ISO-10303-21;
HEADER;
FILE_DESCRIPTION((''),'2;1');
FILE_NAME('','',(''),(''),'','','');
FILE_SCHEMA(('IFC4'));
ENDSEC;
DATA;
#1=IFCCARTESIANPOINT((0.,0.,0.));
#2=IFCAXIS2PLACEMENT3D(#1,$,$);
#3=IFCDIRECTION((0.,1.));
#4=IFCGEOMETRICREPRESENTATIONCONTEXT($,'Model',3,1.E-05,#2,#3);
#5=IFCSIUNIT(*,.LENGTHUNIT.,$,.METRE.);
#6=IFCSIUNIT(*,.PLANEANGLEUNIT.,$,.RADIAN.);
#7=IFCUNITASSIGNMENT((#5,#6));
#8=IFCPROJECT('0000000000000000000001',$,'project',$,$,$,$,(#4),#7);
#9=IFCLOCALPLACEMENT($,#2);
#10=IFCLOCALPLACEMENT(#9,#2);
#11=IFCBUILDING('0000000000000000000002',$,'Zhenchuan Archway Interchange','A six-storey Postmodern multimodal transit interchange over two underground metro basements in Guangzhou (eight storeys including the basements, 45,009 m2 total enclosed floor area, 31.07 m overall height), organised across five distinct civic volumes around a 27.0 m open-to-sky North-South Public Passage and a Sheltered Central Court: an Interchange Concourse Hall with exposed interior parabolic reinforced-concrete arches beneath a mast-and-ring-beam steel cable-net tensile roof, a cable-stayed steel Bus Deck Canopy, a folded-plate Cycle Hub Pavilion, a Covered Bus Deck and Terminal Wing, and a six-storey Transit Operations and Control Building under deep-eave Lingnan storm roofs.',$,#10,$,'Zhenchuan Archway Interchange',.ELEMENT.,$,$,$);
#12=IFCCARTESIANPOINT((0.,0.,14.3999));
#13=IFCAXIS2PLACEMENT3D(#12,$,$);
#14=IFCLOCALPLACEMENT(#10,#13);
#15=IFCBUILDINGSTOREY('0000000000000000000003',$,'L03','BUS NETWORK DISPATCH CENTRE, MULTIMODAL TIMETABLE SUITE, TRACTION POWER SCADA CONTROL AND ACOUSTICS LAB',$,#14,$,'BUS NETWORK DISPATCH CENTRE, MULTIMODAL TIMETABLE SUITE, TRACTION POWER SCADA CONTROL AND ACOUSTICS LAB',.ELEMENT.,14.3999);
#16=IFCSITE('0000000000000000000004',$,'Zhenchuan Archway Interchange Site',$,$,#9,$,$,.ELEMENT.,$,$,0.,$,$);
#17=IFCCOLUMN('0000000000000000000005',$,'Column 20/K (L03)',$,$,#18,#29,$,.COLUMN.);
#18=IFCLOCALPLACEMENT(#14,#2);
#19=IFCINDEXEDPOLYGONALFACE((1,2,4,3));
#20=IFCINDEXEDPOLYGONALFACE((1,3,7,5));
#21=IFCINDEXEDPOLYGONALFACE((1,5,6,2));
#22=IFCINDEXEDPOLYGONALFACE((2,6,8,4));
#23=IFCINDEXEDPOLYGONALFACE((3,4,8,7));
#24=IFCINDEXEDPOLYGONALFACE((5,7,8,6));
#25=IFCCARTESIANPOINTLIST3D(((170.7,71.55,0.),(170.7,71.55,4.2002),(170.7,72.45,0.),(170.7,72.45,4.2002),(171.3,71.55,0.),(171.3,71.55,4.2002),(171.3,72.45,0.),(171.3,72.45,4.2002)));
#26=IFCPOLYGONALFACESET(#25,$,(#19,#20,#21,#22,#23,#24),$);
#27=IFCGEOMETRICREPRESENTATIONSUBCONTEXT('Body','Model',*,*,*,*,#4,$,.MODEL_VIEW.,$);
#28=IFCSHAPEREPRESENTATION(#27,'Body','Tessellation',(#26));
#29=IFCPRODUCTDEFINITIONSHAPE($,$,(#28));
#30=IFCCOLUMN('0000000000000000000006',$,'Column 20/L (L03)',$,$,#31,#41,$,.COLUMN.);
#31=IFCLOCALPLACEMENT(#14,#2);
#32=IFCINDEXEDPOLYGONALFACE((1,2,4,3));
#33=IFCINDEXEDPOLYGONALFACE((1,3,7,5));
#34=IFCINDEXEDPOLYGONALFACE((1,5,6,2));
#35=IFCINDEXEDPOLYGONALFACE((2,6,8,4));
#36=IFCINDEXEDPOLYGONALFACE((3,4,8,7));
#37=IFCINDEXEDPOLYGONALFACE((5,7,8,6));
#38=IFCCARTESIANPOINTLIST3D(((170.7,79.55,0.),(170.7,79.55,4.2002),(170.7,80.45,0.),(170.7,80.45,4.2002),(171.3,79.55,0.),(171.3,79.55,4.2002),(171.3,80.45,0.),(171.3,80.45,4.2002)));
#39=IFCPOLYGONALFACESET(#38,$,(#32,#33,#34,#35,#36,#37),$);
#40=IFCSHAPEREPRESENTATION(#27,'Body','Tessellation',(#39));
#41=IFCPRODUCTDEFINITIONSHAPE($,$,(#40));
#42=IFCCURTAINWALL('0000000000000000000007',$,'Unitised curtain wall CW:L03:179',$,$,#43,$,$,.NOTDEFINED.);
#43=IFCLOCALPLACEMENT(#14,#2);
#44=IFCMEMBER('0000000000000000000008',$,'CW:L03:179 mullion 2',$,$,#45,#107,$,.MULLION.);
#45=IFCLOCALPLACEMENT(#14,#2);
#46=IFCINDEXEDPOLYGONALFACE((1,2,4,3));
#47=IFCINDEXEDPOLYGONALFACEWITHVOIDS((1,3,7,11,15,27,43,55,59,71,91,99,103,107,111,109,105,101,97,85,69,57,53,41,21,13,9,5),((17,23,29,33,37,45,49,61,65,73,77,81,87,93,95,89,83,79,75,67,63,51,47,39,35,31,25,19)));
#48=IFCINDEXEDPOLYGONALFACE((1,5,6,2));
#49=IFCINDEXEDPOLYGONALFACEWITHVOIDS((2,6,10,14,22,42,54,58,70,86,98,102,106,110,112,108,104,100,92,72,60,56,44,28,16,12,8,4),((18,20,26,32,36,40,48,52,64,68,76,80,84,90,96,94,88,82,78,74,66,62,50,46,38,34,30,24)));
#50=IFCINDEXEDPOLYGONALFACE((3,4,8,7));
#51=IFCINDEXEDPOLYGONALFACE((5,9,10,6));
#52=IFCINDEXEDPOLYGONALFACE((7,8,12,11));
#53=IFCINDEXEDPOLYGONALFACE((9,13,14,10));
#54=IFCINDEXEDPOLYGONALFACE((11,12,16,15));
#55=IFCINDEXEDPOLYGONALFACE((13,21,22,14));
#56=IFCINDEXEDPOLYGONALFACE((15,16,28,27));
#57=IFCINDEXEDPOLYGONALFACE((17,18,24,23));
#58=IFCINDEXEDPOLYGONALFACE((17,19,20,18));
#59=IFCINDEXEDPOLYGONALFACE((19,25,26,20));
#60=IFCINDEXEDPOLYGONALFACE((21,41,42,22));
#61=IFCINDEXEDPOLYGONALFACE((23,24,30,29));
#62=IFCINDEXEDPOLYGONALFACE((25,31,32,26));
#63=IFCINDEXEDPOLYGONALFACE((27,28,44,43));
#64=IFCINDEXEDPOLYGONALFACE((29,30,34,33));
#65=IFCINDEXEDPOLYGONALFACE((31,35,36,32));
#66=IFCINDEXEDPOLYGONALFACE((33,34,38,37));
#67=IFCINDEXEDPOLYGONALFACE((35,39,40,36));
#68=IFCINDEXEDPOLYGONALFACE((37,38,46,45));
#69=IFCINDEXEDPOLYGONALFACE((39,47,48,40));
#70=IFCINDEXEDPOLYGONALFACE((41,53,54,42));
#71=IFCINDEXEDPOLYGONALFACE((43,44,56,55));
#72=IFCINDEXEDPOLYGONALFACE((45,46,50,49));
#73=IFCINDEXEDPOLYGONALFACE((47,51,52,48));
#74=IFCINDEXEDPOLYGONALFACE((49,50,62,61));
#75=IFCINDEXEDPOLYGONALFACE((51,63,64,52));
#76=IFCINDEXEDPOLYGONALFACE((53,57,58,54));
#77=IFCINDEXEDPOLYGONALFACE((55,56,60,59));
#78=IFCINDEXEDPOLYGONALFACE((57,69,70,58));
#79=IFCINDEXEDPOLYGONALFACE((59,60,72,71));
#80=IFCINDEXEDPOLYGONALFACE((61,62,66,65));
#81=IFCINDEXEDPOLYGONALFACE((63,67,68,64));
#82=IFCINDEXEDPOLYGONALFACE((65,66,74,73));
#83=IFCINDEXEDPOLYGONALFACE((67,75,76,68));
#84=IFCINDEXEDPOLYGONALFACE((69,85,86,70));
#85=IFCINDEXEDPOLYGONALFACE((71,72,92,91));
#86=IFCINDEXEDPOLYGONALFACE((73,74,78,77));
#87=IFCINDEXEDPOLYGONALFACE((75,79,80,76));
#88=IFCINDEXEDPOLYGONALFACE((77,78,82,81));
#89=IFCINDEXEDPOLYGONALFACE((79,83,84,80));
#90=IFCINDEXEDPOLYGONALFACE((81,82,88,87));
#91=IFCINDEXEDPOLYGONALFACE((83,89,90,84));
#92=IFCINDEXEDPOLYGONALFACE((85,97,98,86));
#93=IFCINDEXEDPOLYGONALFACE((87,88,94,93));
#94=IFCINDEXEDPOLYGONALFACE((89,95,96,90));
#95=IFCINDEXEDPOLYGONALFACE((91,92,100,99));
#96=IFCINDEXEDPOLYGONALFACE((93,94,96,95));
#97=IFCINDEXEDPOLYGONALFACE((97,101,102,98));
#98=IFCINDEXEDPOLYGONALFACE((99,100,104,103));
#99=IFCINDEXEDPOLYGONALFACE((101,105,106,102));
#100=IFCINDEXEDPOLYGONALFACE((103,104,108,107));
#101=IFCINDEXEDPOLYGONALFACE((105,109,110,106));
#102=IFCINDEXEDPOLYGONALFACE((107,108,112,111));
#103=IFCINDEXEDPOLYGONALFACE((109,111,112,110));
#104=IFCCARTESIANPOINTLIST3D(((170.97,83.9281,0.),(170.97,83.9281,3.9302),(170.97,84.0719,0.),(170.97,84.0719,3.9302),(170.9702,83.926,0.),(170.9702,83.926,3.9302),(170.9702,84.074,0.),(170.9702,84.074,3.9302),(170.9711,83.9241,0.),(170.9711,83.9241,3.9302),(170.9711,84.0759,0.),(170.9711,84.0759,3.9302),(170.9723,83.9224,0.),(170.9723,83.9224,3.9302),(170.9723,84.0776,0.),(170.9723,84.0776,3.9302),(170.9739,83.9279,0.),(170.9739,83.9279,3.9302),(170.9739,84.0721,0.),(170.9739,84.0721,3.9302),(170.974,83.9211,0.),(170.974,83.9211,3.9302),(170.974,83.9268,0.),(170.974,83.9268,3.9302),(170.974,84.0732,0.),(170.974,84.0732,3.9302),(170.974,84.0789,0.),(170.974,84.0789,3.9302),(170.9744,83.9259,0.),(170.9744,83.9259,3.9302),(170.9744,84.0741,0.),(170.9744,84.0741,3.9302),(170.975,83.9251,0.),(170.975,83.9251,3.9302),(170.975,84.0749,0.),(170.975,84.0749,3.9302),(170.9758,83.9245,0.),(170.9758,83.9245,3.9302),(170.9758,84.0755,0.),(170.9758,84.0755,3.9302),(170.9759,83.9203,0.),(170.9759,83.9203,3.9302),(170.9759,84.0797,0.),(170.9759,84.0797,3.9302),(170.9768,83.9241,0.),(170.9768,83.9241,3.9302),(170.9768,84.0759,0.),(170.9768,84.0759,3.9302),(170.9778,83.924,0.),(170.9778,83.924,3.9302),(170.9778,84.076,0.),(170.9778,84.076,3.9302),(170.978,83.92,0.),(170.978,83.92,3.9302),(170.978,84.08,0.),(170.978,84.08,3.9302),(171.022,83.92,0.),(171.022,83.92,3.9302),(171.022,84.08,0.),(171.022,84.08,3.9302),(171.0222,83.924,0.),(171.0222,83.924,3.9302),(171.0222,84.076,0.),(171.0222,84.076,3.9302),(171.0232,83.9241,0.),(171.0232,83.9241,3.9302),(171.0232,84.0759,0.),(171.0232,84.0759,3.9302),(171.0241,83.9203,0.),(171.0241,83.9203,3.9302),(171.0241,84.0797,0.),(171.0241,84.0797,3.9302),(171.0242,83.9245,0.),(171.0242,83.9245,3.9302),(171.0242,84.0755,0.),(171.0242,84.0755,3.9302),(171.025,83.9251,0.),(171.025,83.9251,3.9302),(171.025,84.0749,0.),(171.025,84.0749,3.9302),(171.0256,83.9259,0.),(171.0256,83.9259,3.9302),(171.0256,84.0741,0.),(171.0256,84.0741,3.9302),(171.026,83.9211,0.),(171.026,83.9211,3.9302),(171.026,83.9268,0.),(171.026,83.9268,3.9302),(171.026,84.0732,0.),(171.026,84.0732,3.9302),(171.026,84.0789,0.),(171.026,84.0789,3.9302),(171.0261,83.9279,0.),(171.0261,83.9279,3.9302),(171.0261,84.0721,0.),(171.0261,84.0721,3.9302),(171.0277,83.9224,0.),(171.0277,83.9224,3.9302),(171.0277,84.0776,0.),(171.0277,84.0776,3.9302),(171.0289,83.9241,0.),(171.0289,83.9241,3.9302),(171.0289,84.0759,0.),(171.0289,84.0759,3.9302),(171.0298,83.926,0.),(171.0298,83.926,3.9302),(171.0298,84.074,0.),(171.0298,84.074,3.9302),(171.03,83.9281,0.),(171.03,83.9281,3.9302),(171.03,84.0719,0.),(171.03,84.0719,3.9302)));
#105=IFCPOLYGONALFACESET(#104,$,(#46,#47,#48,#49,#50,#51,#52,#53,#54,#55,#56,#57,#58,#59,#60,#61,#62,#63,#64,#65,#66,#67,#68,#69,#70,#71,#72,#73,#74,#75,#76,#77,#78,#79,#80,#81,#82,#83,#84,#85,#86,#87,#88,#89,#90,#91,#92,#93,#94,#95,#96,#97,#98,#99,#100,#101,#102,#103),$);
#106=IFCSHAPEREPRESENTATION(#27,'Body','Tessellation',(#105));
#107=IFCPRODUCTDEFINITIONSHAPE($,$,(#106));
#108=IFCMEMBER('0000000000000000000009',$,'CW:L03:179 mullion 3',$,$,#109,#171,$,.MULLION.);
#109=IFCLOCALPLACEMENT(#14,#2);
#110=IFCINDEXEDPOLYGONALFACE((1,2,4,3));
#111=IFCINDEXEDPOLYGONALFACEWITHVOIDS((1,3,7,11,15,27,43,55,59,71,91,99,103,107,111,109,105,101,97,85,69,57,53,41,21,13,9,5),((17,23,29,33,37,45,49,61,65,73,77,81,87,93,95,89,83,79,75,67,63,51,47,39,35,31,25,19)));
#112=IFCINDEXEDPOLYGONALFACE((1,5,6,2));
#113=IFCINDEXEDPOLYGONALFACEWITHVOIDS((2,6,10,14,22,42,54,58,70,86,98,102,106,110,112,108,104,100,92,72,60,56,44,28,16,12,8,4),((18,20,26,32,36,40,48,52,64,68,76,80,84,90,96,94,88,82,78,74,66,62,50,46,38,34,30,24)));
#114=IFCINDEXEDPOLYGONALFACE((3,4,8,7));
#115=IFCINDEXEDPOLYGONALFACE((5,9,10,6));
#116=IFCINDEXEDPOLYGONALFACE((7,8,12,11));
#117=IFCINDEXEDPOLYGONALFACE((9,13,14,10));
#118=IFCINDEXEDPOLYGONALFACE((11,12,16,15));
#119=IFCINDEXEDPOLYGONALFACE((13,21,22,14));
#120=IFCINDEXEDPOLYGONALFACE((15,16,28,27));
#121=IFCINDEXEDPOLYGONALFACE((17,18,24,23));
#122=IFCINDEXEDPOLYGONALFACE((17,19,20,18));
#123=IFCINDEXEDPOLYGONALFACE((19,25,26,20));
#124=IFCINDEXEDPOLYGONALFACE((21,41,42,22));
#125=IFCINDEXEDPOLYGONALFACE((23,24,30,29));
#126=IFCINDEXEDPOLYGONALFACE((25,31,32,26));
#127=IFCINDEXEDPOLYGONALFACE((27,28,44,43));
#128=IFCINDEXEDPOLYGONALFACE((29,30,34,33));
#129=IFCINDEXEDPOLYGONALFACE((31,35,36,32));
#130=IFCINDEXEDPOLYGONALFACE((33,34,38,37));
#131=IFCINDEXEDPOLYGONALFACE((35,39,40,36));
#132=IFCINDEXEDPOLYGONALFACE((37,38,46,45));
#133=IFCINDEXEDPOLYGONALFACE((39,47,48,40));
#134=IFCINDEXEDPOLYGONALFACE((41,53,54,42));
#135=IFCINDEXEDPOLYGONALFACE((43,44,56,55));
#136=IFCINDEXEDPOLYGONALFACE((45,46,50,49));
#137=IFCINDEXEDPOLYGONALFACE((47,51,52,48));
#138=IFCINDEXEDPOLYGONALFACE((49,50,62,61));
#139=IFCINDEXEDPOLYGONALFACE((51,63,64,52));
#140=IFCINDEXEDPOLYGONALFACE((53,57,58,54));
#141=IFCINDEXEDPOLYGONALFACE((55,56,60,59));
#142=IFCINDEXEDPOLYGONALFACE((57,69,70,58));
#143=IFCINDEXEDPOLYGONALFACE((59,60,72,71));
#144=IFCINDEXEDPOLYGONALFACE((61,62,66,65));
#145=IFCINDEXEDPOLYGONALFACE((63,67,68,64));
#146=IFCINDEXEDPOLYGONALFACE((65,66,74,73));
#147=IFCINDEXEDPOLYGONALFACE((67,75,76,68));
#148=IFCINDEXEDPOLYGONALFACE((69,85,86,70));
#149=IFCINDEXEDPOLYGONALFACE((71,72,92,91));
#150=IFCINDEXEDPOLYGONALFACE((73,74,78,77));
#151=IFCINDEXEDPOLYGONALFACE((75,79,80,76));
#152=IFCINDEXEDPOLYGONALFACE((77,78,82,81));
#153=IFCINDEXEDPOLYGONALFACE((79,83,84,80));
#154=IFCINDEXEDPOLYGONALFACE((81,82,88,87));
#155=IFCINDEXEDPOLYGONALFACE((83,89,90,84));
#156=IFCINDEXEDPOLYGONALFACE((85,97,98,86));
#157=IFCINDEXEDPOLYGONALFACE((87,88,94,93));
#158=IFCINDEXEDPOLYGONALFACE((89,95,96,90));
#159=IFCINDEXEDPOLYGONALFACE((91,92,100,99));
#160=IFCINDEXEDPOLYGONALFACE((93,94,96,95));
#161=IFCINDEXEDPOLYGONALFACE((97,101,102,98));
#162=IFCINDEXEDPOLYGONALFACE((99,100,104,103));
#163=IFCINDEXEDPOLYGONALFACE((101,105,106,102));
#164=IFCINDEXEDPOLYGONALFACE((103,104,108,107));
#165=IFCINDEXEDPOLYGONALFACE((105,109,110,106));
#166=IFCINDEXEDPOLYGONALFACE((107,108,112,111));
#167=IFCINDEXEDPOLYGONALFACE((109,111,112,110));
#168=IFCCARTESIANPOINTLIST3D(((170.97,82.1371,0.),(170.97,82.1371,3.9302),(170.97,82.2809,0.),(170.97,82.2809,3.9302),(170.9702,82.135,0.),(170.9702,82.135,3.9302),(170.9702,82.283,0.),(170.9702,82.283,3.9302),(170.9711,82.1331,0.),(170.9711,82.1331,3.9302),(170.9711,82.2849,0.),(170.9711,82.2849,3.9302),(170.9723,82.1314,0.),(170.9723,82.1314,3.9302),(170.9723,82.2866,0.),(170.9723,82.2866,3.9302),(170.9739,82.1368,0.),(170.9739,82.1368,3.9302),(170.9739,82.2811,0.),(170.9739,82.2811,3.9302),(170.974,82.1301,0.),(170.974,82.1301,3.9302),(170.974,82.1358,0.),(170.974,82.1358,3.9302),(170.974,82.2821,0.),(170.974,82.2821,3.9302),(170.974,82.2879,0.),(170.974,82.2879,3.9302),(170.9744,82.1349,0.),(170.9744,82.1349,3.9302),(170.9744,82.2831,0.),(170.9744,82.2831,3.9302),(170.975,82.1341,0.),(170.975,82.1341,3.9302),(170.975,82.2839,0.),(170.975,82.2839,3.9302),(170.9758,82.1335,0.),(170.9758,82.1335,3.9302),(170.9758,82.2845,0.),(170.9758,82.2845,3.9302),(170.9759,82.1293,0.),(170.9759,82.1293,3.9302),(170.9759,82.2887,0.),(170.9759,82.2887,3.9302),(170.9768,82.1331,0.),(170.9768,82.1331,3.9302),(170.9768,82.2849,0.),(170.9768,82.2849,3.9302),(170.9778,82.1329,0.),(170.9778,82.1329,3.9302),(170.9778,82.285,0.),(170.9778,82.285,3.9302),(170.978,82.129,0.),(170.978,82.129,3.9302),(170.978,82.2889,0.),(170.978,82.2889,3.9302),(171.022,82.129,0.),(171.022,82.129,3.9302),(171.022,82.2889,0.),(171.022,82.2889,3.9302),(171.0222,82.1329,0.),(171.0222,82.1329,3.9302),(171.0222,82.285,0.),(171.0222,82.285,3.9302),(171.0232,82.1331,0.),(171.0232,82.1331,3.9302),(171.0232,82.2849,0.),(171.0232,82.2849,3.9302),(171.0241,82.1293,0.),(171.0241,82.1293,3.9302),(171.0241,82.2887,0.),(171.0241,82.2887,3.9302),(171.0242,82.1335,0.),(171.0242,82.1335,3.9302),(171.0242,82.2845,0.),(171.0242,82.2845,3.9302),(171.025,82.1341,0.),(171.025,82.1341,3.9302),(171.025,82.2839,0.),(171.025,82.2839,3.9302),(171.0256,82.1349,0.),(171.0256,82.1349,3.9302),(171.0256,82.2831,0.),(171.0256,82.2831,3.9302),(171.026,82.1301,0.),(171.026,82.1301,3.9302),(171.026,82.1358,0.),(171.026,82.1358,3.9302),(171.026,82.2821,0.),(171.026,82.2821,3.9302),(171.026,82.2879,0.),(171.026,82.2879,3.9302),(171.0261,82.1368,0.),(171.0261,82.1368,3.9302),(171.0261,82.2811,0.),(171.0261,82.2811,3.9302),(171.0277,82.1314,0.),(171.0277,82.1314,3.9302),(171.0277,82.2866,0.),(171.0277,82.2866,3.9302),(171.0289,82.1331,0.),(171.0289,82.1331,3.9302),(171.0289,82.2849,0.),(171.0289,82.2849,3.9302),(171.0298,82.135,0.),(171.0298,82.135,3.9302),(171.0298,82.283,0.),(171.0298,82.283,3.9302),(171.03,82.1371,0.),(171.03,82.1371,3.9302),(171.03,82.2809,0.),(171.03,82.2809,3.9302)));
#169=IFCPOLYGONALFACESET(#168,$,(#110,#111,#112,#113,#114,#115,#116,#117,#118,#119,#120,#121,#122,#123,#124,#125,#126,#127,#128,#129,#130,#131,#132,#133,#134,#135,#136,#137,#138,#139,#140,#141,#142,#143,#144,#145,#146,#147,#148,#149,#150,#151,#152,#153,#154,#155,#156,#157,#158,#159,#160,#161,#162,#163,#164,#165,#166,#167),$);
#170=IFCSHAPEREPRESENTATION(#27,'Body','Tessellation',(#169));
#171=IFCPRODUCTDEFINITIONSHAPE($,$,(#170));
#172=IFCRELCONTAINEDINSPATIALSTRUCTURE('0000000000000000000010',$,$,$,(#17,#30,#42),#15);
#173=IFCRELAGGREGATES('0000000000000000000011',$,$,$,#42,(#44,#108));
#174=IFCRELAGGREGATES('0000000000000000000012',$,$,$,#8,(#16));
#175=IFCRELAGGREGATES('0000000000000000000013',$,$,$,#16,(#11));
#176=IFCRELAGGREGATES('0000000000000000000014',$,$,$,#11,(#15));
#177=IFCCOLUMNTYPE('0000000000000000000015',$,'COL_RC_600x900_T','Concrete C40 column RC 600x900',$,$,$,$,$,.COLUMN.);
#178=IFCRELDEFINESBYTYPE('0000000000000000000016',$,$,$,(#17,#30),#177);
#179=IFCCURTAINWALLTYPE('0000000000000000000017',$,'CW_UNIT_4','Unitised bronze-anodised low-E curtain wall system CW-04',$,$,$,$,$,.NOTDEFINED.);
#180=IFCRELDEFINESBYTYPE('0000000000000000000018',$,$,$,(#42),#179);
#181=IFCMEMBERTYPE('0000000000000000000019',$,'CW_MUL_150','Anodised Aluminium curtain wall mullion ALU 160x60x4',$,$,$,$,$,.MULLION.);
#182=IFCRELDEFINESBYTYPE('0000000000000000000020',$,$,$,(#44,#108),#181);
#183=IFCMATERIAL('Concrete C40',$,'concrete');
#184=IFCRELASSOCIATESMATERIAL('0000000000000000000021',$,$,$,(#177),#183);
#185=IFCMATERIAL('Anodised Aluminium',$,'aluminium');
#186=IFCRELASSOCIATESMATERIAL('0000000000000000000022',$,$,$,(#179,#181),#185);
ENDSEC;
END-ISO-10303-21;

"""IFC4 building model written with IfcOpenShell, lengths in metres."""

from ifc_helpers import new_model, si_unit, direction, frame, origin, origin_2d, place, context, subcontext, project, spatial, rectangle, hollow_rectangle, extrude, material, material_profile, profile_set, type_object, element, aggregate, save


model = new_model("IFC4")

# Units and contexts
model_context = context("Model", 3, precision=1e-05, world=origin(), true_north=direction((0.0, 1.0)))
body_context = subcontext(model_context, "Body", "Model", "MODEL_VIEW")
ifc_project = project(units=[si_unit("LENGTHUNIT", "METRE"), si_unit("PLANEANGLEUNIT", "RADIAN")], contexts=[model_context])

# Site, building, storey
site_placement = place(None, origin())
site = spatial("IfcSite", under=ifc_project, at=site_placement, Name="Zhenchuan Archway Interchange Site", CompositionType="ELEMENT", RefElevation=0.0)
building_placement = place(site_placement, origin())
building = spatial("IfcBuilding", under=site, at=building_placement, Name="Zhenchuan Archway Interchange", Description="A six-storey Postmodern multimodal transit interchange over two underground metro basements in Guangzhou (eight storeys including the basements, 45,009 m2 total enclosed floor area, 31.07 m overall height), organised across five distinct civic volumes around a 27.0 m open-to-sky North-South Public Passage and a Sheltered Central Court: an Interchange Concourse Hall with exposed interior parabolic reinforced-concrete arches beneath a mast-and-ring-beam steel cable-net tensile roof, a cable-stayed steel Bus Deck Canopy, a folded-plate Cycle Hub Pavilion, a Covered Bus Deck and Terminal Wing, and a six-storey Transit Operations and Control Building under deep-eave Lingnan storm roofs.", LongName="Zhenchuan Archway Interchange", CompositionType="ELEMENT")
storey_placement = place(building_placement, frame((0.0, 0.0, 14.3999)))
storey = spatial("IfcBuildingStorey", under=building, at=storey_placement, Name="L03", Description="BUS NETWORK DISPATCH CENTRE, MULTIMODAL TIMETABLE SUITE, TRACTION POWER SCADA CONTROL AND ACOUSTICS LAB", LongName="BUS NETWORK DISPATCH CENTRE, MULTIMODAL TIMETABLE SUITE, TRACTION POWER SCADA CONTROL AND ACOUSTICS LAB", CompositionType="ELEMENT", Elevation=14.3999)

# Columns
ifc_material_1 = material(Name="Concrete C40", Category="concrete")
ifc_material_profile_1 = material_profile(ifc_material_1, rectangle(XDim=0.6001, YDim=0.8999, at=origin_2d()), Name="RC 600x900")
ifc_profile_set_1 = profile_set([ifc_material_profile_1], Name="Concrete C40")
column_type = type_object("IfcColumnType", Name="COL_RC_600x900_T", Description="Concrete C40 column RC 600x900", PredefinedType="COLUMN", material=ifc_profile_set_1)
for number, where, z_axis, x_axis, name in (
    (1, (171.0, 72.0, 0.0), (0.0, 0.0, 1.0), (1.0, 0.0, 0.0), "Column 20/K (L03)"),
    (2, (171.0, 80.0, 0.0), (0.0, 0.0, 1.0), (1.0, 0.0, 0.0), "Column 20/L (L03)"),
):
    element("IfcColumn", number, at=place(storey_placement, frame(where, z_axis=z_axis, x_axis=x_axis)), inside=storey, type_object=column_type, Name=name, PredefinedType="COLUMN", context=body_context, shape_type="SweptSolid", body=[
        extrude(rectangle(XDim=0.6001, YDim=0.8999, at=origin_2d()), origin(), (0.0, 0.0, 1.0), 4.2002),
    ])

# Curtain wall, members
ifc_material_2 = material(Name="Anodised Aluminium", Category="aluminium")
curtain_wall_type_1 = type_object("IfcCurtainWallType", Name="CW_UNIT_4", Description="Unitised bronze-anodised low-E curtain wall system CW-04", PredefinedType="NOTDEFINED", material=ifc_material_2)
curtain_wall_1_placement = place(storey_placement, origin())
curtain_wall_1 = element("IfcCurtainWall", 3, at=curtain_wall_1_placement, inside=storey, type_object=curtain_wall_type_1, Name="Unitised curtain wall CW:L03:179", PredefinedType="NOTDEFINED")
ifc_material_profile_2 = material_profile(ifc_material_2, hollow_rectangle(XDim=0.0601, YDim=0.1599, WallThickness=0.0039, InnerFilletRadius=0.0039, OuterFilletRadius=0.0081, at=origin_2d()), Name="ALU 160x60x4")
ifc_profile_set_2 = profile_set([ifc_material_profile_2], Name="Anodised Aluminium")
member_type_1 = type_object("IfcMemberType", Name="CW_MUL_150", Description="Anodised Aluminium curtain wall mullion ALU 160x60x4", PredefinedType="MULLION", material=ifc_profile_set_2)
member_1_placement = place(storey_placement, frame((171.0, 84.0, 0.0), z_axis=(0.0, 0.0, 1.0), x_axis=(1.0, 0.0, 0.0)))
member_1 = element("IfcMember", 4, at=member_1_placement, type_object=member_type_1, Name="CW:L03:179 mullion 2", PredefinedType="MULLION", context=body_context, shape_type="SweptSolid", body=[
    extrude(hollow_rectangle(XDim=0.0601, YDim=0.1599, WallThickness=0.0039, InnerFilletRadius=0.0039, OuterFilletRadius=0.0081, at=origin_2d()), origin(), (0.0, 0.0, 1.0), 3.9302),
])
member_2_placement = place(storey_placement, frame((171.0, 82.209, 0.0), z_axis=(0.0, 0.0, 1.0), x_axis=(1.0, 0.0, 0.0)))
member_2 = element("IfcMember", 5, at=member_2_placement, type_object=member_type_1, Name="CW:L03:179 mullion 3", PredefinedType="MULLION", context=body_context, shape_type="SweptSolid", body=[
    extrude(hollow_rectangle(XDim=0.0601, YDim=0.1599, WallThickness=0.0039, InnerFilletRadius=0.0039, OuterFilletRadius=0.0081, at=origin_2d()), origin(), (0.0, 0.0, 1.0), 3.9302),
])

aggregate(curtain_wall_1, [member_1, member_2])

save(model, "model.ifc")
